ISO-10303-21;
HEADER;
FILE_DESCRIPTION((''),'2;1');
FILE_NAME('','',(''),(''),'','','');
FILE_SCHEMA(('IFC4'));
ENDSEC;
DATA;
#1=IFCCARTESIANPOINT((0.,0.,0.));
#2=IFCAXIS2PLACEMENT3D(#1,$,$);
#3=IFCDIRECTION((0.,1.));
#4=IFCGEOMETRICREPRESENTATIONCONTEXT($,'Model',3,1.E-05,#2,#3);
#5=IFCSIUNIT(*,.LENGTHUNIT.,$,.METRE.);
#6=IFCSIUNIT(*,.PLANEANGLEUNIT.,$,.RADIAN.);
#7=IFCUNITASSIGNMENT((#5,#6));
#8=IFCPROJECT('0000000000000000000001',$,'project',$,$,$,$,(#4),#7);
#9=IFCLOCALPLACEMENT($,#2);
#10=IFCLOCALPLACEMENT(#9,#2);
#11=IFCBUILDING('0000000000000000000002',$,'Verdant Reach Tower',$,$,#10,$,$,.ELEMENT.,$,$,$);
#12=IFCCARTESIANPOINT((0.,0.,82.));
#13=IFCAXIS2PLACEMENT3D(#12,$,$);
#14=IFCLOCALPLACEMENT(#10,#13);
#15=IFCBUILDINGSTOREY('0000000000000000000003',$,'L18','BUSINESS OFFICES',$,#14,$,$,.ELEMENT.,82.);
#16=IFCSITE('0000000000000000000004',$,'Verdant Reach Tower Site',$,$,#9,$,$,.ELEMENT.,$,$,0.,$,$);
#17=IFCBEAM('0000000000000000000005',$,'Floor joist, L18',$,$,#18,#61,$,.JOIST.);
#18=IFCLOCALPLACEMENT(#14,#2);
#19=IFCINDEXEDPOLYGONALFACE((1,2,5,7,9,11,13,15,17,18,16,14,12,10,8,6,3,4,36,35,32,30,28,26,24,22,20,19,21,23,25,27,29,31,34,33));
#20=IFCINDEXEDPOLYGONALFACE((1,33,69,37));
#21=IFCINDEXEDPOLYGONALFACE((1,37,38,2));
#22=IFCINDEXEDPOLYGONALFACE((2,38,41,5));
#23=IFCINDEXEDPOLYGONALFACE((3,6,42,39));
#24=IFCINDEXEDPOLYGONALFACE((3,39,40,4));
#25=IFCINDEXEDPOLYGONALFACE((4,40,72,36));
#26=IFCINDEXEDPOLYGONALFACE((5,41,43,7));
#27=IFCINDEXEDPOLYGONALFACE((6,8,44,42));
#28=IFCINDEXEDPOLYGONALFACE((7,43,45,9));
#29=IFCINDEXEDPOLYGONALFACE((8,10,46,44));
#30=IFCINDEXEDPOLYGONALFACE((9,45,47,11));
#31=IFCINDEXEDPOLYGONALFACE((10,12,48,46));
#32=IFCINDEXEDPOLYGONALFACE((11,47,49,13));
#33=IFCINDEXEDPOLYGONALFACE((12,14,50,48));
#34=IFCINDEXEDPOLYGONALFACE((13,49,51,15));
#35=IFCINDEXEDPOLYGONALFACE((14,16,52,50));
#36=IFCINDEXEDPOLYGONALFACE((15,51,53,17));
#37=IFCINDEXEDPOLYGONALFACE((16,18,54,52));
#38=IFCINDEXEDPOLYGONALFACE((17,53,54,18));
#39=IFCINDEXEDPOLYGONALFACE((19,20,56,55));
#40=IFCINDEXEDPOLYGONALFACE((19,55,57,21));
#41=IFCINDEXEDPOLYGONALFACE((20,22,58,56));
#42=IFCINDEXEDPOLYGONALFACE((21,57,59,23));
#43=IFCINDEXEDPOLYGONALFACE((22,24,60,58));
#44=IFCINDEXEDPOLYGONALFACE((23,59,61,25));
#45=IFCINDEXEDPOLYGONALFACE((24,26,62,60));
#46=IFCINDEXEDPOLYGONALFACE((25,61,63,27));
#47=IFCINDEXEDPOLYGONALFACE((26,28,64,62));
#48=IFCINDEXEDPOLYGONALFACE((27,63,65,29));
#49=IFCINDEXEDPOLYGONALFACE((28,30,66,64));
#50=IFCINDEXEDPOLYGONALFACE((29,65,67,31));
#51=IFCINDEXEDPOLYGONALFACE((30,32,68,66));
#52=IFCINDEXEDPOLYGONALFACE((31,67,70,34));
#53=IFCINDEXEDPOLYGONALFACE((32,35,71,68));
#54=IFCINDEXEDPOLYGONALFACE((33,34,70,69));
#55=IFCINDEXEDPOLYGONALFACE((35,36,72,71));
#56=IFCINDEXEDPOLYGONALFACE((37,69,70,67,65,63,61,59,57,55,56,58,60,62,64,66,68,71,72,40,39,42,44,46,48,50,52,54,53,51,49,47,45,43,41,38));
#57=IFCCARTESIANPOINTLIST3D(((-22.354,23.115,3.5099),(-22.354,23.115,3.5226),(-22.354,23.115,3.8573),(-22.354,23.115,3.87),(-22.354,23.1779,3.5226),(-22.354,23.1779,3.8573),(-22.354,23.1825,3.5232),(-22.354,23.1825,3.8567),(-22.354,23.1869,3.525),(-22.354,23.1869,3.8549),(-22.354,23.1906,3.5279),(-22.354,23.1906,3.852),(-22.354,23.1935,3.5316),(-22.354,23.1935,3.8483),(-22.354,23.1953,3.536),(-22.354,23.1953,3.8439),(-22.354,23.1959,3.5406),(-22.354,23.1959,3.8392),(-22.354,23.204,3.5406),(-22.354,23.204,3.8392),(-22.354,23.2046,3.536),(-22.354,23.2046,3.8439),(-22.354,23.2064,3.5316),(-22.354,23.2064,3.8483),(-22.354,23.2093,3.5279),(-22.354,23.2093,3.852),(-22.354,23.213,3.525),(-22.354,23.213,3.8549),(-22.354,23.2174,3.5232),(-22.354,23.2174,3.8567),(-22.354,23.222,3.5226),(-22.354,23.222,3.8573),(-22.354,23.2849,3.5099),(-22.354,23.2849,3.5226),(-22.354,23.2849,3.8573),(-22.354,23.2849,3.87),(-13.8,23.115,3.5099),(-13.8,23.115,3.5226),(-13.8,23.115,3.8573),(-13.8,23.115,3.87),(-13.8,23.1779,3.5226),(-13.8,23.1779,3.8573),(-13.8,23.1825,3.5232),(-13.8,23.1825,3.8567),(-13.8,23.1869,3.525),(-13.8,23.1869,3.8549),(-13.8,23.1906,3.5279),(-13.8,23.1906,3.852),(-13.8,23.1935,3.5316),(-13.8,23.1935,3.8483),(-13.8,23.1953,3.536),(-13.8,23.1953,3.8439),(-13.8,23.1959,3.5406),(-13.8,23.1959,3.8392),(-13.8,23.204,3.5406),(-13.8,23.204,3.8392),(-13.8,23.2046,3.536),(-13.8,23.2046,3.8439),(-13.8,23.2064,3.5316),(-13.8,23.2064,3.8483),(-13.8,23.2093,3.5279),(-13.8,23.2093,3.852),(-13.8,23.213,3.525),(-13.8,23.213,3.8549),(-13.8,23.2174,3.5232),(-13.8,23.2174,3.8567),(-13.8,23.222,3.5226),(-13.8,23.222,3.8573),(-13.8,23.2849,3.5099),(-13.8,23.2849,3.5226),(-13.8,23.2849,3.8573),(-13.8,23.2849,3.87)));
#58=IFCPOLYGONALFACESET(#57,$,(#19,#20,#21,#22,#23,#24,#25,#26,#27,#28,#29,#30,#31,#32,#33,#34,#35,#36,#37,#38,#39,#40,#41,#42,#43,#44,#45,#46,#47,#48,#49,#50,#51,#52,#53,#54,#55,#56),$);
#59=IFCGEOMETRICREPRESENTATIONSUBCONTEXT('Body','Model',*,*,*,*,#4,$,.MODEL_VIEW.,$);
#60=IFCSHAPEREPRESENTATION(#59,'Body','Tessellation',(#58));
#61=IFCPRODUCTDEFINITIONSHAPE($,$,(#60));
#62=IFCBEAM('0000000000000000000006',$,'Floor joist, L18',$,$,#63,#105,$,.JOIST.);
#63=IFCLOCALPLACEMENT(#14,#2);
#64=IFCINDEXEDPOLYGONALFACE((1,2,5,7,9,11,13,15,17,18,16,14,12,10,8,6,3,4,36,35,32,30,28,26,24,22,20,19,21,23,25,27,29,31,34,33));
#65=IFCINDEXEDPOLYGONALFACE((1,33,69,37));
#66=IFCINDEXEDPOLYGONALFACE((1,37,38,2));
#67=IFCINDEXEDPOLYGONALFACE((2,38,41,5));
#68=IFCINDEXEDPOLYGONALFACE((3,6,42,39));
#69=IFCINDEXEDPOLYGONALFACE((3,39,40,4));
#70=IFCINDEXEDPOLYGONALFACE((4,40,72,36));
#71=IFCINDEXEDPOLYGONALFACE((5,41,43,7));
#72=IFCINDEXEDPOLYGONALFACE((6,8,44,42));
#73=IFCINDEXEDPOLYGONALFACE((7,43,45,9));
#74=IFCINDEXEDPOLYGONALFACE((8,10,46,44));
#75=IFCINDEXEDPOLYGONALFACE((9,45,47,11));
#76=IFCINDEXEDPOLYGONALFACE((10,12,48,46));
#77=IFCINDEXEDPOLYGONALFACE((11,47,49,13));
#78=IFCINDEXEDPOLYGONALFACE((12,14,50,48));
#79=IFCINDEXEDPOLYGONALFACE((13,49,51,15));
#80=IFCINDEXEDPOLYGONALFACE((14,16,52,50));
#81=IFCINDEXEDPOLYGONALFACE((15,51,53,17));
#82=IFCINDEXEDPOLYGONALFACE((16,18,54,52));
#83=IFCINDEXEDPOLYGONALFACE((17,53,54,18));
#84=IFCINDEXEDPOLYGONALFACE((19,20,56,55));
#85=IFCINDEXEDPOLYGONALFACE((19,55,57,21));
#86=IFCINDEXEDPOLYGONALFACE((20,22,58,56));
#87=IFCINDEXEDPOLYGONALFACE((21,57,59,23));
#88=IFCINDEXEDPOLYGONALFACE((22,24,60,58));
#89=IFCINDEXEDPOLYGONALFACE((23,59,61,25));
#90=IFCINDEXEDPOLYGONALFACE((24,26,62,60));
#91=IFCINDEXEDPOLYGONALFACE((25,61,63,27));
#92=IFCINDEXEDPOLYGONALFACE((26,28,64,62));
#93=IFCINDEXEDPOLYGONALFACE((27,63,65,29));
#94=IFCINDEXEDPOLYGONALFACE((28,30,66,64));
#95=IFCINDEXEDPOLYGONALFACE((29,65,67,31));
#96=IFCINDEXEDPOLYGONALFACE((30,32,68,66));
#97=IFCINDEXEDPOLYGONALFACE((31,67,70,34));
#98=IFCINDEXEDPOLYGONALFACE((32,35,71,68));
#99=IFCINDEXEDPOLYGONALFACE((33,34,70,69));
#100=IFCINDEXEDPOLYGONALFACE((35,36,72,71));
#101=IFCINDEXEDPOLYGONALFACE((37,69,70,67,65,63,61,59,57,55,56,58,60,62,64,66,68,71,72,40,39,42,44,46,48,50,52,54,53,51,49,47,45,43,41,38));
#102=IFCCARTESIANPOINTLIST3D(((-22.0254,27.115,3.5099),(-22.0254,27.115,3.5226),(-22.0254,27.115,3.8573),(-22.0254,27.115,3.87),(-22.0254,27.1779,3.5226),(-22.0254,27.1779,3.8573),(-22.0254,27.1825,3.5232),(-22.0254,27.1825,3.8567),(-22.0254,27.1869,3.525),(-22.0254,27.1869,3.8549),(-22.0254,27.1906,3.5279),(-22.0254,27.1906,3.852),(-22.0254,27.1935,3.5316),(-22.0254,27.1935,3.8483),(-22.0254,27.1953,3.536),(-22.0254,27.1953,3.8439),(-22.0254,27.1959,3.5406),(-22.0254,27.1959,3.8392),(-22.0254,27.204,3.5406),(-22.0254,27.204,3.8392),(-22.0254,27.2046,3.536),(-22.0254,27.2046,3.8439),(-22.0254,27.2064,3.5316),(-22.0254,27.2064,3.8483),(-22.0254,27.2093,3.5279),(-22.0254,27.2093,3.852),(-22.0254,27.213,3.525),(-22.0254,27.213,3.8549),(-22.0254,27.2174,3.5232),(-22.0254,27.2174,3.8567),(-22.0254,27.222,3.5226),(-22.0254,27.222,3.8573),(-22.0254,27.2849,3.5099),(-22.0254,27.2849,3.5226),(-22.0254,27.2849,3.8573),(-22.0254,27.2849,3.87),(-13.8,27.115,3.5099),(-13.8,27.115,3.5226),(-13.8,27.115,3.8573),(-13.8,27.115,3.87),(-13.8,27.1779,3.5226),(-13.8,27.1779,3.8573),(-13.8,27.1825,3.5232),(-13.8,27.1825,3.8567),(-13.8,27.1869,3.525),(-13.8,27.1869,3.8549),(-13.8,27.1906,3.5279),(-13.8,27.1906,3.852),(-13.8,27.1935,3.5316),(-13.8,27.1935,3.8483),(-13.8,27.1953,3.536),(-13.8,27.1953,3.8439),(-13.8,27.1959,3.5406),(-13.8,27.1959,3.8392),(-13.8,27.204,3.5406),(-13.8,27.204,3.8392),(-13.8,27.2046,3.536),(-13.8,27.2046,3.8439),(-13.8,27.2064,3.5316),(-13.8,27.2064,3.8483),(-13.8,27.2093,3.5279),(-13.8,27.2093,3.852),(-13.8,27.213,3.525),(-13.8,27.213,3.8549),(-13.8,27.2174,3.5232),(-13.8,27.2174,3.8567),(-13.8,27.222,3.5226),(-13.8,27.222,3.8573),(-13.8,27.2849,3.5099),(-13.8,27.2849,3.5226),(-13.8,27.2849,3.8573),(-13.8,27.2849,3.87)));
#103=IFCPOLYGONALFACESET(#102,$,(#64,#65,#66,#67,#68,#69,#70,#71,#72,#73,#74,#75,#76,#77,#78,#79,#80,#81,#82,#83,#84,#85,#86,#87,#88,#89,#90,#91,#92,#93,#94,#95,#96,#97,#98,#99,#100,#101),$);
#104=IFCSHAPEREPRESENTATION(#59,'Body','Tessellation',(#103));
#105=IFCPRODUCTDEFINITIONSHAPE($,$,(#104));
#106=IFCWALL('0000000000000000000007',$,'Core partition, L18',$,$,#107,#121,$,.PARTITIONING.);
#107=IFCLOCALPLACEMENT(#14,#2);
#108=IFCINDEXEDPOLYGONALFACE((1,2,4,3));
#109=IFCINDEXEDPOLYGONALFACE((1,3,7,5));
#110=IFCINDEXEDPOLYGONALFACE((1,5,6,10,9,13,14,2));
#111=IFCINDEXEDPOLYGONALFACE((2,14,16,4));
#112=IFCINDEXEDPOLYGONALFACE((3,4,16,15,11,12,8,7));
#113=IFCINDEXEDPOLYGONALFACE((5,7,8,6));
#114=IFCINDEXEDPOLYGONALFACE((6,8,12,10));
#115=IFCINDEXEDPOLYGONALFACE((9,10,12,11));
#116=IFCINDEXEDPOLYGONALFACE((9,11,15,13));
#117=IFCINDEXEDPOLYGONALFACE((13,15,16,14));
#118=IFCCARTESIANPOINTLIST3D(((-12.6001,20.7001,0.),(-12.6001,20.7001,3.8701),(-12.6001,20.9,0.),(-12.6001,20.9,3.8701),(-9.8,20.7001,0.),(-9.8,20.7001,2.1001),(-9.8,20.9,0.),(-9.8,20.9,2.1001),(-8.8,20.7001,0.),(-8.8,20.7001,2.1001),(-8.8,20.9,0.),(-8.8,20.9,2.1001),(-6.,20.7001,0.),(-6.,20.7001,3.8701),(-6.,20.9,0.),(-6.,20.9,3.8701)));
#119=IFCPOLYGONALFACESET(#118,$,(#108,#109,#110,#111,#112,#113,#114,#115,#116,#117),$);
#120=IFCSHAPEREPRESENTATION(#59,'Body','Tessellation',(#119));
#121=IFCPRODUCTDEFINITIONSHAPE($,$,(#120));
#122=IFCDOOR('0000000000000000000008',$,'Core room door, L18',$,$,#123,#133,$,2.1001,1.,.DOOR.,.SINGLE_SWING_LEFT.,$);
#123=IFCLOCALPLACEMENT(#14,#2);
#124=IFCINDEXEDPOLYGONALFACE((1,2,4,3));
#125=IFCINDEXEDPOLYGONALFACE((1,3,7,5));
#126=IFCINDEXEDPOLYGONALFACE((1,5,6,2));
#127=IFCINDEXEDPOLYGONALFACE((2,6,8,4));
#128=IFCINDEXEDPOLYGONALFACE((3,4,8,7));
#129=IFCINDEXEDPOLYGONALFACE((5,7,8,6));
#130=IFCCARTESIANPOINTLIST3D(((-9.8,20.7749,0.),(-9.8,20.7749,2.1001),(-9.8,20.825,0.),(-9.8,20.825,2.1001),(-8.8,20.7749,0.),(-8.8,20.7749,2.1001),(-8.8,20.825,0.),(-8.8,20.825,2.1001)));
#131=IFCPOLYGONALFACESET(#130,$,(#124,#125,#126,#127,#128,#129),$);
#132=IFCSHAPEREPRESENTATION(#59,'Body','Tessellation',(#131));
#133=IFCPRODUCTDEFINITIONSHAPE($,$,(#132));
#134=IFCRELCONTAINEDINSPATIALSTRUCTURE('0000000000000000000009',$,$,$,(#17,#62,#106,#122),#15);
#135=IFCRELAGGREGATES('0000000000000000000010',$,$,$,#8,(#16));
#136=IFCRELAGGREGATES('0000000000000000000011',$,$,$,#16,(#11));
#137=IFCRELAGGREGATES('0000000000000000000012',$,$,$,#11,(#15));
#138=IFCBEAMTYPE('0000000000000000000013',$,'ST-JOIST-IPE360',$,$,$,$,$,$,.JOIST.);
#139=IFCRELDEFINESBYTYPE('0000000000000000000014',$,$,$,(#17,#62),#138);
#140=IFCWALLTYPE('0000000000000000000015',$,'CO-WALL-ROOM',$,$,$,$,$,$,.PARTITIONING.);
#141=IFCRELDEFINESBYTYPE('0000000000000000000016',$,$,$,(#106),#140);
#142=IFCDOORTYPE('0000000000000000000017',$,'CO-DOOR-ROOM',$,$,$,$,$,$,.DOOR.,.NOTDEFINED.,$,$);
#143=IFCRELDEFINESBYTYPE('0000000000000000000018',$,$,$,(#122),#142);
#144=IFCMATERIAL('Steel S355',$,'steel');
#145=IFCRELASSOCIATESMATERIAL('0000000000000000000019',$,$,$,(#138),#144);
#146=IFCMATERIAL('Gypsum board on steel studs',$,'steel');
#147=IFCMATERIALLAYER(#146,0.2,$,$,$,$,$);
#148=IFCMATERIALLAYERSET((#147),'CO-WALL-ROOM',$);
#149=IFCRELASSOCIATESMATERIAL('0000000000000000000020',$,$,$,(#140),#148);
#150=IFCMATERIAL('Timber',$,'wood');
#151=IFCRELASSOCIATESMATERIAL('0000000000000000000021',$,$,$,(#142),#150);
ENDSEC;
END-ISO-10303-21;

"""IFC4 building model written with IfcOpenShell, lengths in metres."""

from ifc_helpers import new_model, si_unit, direction, frame, frame_2d, origin, origin_2d, place, context, subcontext, project, spatial, rectangle, i_section, extrude, material, layer, layer_set, material_profile, profile_set, type_object, element, fill, save


model = new_model("IFC4")

# Units and contexts
model_context = context("Model", 3, precision=1e-05, world=origin(), true_north=direction((0.0, 1.0)))
body_context = subcontext(model_context, "Body", "Model", "MODEL_VIEW")
ifc_project = project(units=[si_unit("LENGTHUNIT", "METRE"), si_unit("PLANEANGLEUNIT", "RADIAN")], contexts=[model_context])

# Site, building, storey
site_placement = place(None, origin())
site = spatial("IfcSite", under=ifc_project, at=site_placement, Name="Verdant Reach Tower Site", CompositionType="ELEMENT", RefElevation=0.0)
building_placement = place(site_placement, origin())
building = spatial("IfcBuilding", under=site, at=building_placement, Name="Verdant Reach Tower", CompositionType="ELEMENT")
storey_placement = place(building_placement, frame((0.0, 0.0, 82.0)))
storey = spatial("IfcBuildingStorey", under=building, at=storey_placement, Name="L18", Description="BUSINESS OFFICES", CompositionType="ELEMENT", Elevation=82.0)

# Beams
ifc_material_1 = material(Name="Steel S355", Category="steel")
ifc_material_profile = material_profile(ifc_material_1, i_section(OverallWidth=0.1699, OverallDepth=0.3601, WebThickness=0.0081, FlangeThickness=0.0127, FilletRadius=0.0181, at=origin_2d()), Name="IPE 360")
ifc_profile_set = profile_set([ifc_material_profile], Name="Steel S355")
beam_type = type_object("IfcBeamType", Name="ST-JOIST-IPE360", PredefinedType="JOIST", material=ifc_profile_set)
beam_1_placement = place(storey_placement, frame((-13.8, 23.2, 3.6899), z_axis=(-1.0, 0.0, 0.0), x_axis=(0.0, -1.0, 0.0)))
element("IfcBeam", 1, at=beam_1_placement, inside=storey, type_object=beam_type, Name="Floor joist, L18", PredefinedType="JOIST", context=body_context, shape_type="SweptSolid", body=[
    extrude(i_section(OverallWidth=0.1699, OverallDepth=0.3601, WebThickness=0.0081, FlangeThickness=0.0127, FilletRadius=0.0181, at=origin_2d()), origin(), (0.0, 0.0, 1.0), 8.554),
])
beam_2_placement = place(storey_placement, frame((-13.8, 27.2, 3.6899), z_axis=(-1.0, 0.0, 0.0), x_axis=(0.0, -1.0, 0.0)))
element("IfcBeam", 2, at=beam_2_placement, inside=storey, type_object=beam_type, Name="Floor joist, L18", PredefinedType="JOIST", context=body_context, shape_type="SweptSolid", body=[
    extrude(i_section(OverallWidth=0.1699, OverallDepth=0.3601, WebThickness=0.0081, FlangeThickness=0.0127, FilletRadius=0.0181, at=origin_2d()), origin(), (0.0, 0.0, 1.0), 8.2253),
])

# Wall, opening, door
ifc_material_2 = material(Name="Gypsum board on steel studs", Category="steel")
ifc_layer_1 = layer(ifc_material_2, 0.2)
ifc_layer_set_1 = layer_set([ifc_layer_1], Name="CO-WALL-ROOM")
wall_type_1 = type_object("IfcWallType", Name="CO-WALL-ROOM", PredefinedType="PARTITIONING", material=ifc_layer_set_1)
wall_1_placement = place(storey_placement, frame((-12.6001, 20.8, 0.0), z_axis=(0.0, 0.0, 1.0), x_axis=(1.0, 0.0, 0.0)))
wall_1 = element("IfcWall", 3, at=wall_1_placement, inside=storey, type_object=wall_type_1, Name="Core partition, L18", PredefinedType="PARTITIONING", context=body_context, shape_type="SweptSolid", body=[
    extrude(rectangle(XDim=6.6001, YDim=0.2, at=frame_2d((3.3, 0.0))), origin(), (0.0, 0.0, 1.0), 3.8701),
])
opening_1_placement = place(wall_1_placement, frame((2.8, 0.0, 0.0)))
opening_1 = element("IfcOpeningElement", 4, at=opening_1_placement, cuts=wall_1, PredefinedType="OPENING", context=body_context, shape_type="SweptSolid", body=[
    extrude(rectangle(XDim=1.0, YDim=2.1001, at=frame_2d((0.5, 1.05))), frame((0.0, 0.1099, 0.0), z_axis=(0.0, -1.0, 0.0), x_axis=(1.0, 0.0, 0.0)), (0.0, 0.0, 1.0), 0.22),
])
ifc_material_3 = material(Name="Timber", Category="wood")
door_type_1 = type_object("IfcDoorType", Name="CO-DOOR-ROOM", OperationType="NOTDEFINED", PredefinedType="DOOR", material=ifc_material_3)
door_1_placement = place(opening_1_placement, origin())
door_1 = element("IfcDoor", 5, at=door_1_placement, inside=storey, type_object=door_type_1, Name="Core room door, L18", OperationType="SINGLE_SWING_LEFT", OverallHeight=2.1001, OverallWidth=1.0, PredefinedType="DOOR", context=body_context, shape_type="SweptSolid", body=[
    extrude(rectangle(XDim=1.0, YDim=2.1001, at=frame_2d((0.5, 1.05))), frame((0.0, 0.0249, 0.0), z_axis=(0.0, -1.0, 0.0), x_axis=(1.0, 0.0, 0.0)), (0.0, 0.0, 1.0), 0.05),
])
fill(opening_1, door_1)

save(model, "model.ifc")
